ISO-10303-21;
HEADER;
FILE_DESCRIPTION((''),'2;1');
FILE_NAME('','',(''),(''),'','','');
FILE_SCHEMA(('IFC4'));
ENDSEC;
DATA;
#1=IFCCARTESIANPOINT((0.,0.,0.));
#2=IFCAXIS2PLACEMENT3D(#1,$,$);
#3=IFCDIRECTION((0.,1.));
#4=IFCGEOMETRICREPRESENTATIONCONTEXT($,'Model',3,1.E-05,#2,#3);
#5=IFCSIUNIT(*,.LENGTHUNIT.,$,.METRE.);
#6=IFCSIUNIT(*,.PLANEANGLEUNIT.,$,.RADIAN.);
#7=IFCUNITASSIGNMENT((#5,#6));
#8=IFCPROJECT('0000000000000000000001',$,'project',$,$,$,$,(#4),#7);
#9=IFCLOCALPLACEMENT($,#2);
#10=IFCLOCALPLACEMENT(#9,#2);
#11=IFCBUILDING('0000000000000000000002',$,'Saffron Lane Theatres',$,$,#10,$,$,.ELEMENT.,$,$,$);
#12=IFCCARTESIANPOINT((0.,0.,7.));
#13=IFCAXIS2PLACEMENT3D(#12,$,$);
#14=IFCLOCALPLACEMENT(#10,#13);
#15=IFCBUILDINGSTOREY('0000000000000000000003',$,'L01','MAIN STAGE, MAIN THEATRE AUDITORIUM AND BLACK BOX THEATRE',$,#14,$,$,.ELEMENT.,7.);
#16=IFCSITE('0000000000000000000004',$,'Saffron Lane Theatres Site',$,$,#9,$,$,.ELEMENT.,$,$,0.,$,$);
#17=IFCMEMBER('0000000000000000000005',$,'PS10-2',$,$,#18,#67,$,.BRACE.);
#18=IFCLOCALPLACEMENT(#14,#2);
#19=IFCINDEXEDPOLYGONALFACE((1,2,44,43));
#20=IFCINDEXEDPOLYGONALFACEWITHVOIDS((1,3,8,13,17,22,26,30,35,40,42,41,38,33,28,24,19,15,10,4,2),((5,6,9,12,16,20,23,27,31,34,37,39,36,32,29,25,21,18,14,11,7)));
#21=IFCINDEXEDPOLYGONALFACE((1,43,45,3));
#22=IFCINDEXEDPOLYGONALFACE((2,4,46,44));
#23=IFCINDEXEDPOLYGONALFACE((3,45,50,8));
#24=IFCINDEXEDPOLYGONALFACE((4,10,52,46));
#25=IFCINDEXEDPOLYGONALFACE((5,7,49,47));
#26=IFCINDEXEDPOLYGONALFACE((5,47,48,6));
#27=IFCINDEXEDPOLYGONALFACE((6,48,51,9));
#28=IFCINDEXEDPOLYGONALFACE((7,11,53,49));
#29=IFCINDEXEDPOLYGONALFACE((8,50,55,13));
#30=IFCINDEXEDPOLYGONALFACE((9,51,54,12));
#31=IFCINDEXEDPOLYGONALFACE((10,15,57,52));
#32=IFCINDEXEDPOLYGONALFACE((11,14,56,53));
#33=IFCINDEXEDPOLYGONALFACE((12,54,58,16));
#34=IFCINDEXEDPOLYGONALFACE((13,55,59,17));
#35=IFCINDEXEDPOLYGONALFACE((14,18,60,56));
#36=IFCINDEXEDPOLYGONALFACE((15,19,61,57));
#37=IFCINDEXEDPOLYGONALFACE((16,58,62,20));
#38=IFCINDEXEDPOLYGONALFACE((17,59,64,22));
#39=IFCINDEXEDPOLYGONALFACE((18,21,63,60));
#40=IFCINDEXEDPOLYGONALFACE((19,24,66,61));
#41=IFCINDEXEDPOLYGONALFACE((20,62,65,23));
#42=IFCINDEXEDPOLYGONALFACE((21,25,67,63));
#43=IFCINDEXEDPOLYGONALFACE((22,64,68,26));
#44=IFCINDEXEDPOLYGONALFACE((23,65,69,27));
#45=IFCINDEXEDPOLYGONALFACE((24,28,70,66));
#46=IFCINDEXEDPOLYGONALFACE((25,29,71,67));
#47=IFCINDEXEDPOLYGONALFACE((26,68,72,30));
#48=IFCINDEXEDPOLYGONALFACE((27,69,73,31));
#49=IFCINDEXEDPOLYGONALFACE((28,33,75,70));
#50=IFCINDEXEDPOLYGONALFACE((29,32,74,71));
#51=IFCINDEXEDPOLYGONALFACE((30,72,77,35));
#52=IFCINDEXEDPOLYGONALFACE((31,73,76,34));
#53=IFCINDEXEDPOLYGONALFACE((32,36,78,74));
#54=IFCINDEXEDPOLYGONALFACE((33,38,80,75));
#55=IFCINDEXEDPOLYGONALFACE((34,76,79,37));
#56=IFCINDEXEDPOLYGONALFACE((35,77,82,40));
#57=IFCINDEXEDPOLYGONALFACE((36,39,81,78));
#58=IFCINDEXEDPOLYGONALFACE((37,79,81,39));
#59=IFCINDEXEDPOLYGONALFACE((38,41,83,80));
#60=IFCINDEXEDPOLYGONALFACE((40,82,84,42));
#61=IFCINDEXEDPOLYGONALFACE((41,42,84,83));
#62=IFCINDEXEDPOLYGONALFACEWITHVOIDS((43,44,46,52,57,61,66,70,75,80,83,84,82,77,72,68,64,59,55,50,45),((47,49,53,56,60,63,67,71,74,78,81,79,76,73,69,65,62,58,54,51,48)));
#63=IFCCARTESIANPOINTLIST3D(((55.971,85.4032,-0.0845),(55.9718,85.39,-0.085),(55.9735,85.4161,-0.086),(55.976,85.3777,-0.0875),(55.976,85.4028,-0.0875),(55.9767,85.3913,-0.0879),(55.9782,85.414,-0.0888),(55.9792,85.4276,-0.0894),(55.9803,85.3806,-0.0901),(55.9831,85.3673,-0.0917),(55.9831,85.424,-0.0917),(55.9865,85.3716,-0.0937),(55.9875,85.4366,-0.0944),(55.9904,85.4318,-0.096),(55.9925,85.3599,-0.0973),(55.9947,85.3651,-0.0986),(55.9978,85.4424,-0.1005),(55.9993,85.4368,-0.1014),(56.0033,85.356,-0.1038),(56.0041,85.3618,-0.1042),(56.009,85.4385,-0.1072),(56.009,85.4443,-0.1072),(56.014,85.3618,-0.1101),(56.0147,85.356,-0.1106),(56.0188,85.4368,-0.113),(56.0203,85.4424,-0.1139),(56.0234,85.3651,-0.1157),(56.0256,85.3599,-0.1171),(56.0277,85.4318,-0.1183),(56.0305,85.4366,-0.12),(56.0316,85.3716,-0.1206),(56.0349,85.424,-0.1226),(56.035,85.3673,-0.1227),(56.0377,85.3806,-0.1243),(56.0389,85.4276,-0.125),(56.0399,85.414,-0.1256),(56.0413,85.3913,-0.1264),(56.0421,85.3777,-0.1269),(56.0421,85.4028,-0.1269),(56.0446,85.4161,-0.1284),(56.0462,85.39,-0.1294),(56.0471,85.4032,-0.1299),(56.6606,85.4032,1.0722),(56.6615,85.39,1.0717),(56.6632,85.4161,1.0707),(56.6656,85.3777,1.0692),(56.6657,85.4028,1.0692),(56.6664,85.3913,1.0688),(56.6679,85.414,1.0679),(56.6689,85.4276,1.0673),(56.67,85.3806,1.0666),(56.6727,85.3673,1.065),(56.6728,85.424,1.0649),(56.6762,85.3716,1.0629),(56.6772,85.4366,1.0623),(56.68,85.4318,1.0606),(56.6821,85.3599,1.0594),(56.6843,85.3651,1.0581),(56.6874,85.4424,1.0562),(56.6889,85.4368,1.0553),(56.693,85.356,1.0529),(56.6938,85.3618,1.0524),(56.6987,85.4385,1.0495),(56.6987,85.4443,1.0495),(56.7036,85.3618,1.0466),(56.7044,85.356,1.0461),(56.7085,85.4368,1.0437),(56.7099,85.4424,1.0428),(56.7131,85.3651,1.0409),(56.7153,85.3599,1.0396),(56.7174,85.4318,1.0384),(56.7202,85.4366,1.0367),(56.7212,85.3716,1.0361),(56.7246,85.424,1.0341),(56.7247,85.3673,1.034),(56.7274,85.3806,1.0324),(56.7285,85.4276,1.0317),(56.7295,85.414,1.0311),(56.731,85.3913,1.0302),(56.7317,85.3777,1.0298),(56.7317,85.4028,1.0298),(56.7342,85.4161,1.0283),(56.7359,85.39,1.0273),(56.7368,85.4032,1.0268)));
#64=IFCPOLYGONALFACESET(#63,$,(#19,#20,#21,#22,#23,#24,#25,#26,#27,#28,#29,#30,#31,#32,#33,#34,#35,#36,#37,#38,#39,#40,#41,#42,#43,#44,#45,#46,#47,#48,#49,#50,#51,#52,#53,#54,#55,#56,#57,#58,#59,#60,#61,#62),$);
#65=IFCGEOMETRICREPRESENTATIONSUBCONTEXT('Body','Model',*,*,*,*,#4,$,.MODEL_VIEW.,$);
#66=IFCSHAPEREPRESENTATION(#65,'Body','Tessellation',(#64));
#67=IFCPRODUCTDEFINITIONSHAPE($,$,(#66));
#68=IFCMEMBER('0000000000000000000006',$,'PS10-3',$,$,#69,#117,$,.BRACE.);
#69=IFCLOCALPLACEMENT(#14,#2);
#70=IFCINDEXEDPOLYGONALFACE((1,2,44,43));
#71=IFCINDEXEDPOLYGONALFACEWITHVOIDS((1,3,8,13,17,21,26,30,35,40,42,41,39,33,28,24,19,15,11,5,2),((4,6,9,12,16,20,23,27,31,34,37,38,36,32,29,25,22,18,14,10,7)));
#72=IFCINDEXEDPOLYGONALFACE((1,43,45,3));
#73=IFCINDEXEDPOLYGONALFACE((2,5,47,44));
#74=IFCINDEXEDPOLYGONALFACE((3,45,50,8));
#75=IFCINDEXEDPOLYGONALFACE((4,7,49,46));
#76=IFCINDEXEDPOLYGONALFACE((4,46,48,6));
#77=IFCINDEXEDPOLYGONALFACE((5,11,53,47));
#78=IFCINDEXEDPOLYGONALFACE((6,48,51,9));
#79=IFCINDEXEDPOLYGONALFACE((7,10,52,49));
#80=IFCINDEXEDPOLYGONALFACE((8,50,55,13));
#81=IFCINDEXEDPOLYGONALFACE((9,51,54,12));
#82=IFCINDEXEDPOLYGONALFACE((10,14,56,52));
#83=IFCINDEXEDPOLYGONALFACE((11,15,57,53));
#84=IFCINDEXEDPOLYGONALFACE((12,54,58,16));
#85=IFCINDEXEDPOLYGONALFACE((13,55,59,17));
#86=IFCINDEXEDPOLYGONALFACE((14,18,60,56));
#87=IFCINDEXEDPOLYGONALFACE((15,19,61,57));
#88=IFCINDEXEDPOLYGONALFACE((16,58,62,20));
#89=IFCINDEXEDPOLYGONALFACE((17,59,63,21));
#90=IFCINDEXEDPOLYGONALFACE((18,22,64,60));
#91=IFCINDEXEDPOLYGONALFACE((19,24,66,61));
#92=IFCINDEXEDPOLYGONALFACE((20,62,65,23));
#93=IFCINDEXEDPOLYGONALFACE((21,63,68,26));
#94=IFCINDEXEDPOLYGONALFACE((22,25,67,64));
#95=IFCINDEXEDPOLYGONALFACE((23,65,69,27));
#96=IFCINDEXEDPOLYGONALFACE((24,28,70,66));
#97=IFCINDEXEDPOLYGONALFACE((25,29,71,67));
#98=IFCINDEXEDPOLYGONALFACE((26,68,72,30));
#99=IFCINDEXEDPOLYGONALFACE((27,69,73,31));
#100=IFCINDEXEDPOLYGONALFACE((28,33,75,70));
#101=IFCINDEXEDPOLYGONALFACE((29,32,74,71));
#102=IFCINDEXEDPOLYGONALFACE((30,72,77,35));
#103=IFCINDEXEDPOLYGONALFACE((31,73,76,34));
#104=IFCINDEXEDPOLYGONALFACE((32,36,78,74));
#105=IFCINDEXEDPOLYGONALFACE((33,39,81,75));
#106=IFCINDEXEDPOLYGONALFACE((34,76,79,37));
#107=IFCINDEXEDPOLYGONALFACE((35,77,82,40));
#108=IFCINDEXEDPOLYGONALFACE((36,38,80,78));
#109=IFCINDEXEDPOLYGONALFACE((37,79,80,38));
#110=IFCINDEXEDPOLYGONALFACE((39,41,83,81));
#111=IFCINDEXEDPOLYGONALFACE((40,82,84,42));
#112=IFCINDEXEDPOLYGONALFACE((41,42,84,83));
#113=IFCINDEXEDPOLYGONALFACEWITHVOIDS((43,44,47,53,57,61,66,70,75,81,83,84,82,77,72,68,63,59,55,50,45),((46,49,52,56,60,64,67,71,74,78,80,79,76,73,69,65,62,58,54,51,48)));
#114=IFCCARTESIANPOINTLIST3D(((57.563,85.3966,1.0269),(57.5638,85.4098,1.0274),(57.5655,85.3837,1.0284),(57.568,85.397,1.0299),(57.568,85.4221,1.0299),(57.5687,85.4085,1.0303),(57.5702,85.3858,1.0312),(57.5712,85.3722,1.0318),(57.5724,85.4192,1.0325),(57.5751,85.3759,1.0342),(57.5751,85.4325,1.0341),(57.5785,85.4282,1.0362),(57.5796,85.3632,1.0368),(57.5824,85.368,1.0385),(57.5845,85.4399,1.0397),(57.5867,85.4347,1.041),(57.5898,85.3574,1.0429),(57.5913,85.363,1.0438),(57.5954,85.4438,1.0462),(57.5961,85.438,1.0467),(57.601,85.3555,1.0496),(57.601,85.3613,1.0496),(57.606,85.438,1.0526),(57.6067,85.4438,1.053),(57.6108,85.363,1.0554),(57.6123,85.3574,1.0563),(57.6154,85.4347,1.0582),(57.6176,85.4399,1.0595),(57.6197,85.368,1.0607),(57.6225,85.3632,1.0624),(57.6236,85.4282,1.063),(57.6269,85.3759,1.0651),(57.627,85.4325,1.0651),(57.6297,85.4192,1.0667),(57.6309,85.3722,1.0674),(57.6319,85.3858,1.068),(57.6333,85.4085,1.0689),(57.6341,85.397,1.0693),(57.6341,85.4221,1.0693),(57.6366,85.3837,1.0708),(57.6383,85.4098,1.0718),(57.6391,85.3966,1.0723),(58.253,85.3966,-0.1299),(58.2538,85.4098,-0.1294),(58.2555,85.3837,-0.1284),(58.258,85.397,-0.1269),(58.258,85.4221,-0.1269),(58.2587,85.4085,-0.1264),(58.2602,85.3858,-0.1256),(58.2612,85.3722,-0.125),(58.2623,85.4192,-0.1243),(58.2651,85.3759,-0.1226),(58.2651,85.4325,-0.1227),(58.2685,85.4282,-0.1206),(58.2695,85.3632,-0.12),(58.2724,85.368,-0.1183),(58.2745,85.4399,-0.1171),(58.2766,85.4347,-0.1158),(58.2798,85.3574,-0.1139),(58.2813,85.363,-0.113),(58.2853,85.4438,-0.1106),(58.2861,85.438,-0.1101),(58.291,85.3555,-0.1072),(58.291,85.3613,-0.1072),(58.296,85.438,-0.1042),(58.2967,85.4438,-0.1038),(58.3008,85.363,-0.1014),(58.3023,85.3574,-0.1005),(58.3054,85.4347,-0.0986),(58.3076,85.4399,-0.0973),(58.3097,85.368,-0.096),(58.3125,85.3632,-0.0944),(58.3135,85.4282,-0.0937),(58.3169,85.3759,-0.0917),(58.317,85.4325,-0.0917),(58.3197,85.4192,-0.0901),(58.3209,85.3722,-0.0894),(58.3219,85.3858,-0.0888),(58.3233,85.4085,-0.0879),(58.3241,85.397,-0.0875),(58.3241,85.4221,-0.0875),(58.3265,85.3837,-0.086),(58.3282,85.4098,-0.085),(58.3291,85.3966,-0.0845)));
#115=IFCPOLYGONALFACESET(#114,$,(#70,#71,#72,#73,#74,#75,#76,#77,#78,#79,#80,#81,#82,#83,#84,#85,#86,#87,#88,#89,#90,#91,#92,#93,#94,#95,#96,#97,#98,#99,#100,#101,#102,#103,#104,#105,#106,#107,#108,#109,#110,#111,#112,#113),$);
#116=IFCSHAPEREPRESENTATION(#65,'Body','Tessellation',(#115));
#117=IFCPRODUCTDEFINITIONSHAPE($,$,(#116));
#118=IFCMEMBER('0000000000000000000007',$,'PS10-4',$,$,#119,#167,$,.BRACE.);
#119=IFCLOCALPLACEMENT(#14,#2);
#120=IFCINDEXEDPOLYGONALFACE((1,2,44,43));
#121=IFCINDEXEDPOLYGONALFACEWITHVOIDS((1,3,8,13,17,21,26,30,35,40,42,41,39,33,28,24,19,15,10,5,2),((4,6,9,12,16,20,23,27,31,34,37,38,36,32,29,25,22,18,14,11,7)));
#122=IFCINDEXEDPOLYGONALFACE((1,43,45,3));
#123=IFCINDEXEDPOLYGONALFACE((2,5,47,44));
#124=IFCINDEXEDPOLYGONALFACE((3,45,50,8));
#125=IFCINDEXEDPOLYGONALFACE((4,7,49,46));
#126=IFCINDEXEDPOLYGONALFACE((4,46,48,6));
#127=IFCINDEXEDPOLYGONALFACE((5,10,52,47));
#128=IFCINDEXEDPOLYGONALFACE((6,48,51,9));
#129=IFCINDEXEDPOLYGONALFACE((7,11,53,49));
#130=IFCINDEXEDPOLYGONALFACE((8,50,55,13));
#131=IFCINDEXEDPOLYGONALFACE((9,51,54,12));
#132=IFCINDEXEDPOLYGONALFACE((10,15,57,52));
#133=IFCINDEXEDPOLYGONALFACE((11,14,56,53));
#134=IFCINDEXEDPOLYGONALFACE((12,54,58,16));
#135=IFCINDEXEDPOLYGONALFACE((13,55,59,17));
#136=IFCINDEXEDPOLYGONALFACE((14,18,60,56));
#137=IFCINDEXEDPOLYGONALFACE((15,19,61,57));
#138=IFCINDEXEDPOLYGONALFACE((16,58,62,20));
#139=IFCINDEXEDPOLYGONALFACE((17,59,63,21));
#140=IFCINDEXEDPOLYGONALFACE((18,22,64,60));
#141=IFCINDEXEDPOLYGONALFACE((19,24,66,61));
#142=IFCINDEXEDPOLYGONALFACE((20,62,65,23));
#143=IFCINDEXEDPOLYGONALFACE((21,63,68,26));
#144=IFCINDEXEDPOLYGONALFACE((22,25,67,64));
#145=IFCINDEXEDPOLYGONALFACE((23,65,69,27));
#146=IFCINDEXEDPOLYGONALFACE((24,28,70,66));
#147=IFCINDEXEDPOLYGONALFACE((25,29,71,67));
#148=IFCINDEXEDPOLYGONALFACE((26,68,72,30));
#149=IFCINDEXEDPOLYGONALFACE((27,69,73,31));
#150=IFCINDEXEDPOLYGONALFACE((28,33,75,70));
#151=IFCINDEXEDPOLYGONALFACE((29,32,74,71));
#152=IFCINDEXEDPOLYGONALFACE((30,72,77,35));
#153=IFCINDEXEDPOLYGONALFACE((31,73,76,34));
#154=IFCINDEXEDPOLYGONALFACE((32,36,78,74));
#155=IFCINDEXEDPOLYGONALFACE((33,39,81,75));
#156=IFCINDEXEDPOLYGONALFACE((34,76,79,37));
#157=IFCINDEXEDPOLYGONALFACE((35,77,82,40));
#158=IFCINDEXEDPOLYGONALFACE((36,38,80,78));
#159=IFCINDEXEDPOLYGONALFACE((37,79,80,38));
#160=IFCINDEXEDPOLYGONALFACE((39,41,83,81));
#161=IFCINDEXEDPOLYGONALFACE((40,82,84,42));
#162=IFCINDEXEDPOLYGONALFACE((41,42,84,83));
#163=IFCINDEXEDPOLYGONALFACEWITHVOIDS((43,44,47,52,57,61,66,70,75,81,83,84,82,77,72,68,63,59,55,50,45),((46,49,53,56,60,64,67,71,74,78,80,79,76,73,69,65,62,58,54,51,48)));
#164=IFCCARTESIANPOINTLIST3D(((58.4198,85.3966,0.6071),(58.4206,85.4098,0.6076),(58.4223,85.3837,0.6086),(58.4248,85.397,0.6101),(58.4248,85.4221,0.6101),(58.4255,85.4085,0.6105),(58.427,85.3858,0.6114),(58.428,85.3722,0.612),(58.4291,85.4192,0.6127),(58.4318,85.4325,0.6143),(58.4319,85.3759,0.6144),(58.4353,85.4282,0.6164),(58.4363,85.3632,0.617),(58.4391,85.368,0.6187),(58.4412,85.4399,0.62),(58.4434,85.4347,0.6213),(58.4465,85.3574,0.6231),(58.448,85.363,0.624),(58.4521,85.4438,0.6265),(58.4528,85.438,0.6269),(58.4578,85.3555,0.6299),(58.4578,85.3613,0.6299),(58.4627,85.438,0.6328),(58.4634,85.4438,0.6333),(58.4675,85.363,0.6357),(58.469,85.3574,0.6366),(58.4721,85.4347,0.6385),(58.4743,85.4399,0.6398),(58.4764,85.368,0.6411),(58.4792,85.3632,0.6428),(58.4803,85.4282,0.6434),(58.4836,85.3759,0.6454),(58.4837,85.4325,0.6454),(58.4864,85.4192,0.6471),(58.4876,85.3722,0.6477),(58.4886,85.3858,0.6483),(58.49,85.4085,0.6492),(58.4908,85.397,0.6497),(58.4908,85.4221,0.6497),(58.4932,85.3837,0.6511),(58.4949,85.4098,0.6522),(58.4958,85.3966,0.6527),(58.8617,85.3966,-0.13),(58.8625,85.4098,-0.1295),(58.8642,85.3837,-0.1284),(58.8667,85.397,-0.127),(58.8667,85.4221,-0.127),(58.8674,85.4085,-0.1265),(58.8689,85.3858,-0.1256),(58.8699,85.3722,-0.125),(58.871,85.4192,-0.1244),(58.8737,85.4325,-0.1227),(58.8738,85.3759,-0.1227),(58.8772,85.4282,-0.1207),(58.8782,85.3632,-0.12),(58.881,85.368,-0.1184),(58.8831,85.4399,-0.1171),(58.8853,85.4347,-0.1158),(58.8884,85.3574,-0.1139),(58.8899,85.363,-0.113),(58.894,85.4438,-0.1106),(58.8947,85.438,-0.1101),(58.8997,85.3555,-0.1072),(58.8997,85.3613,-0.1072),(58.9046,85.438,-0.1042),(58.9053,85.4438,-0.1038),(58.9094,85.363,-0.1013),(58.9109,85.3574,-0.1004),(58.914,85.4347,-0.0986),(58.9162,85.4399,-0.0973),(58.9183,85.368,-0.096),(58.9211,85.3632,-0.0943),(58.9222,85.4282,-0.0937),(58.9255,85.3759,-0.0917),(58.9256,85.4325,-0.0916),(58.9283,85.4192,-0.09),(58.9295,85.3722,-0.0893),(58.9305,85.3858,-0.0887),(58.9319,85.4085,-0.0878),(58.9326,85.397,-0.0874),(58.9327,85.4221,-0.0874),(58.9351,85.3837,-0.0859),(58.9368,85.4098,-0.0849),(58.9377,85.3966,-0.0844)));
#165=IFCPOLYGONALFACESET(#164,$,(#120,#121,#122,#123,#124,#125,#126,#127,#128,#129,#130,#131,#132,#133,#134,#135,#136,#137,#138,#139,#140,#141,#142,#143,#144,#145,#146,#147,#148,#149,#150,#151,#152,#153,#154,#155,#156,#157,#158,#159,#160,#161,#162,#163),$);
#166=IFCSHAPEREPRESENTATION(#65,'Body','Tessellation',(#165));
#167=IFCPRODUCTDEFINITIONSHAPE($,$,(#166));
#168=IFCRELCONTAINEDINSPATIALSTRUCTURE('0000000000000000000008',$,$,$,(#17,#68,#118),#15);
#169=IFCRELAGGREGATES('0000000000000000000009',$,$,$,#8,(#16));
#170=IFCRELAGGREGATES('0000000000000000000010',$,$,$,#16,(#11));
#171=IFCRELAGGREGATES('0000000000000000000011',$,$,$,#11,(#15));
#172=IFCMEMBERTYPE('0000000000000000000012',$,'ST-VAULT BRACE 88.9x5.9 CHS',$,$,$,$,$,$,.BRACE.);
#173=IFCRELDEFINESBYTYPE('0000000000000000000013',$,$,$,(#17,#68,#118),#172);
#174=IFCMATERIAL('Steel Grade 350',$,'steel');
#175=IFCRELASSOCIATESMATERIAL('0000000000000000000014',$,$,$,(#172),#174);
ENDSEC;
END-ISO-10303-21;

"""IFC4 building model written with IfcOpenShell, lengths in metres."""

from ifc_helpers import new_model, si_unit, direction, frame, origin, origin_2d, place, context, subcontext, project, spatial, hollow_circle, extrude, material, material_profile, profile_set, type_object, element, save


model = new_model("IFC4")

# Units and contexts
model_context = context("Model", 3, precision=1e-05, world=origin(), true_north=direction((0.0, 1.0)))
body_context = subcontext(model_context, "Body", "Model", "MODEL_VIEW")
ifc_project = project(units=[si_unit("LENGTHUNIT", "METRE"), si_unit("PLANEANGLEUNIT", "RADIAN")], contexts=[model_context])

# Site, building, storey
site_placement = place(None, origin())
site = spatial("IfcSite", under=ifc_project, at=site_placement, Name="Saffron Lane Theatres Site", CompositionType="ELEMENT", RefElevation=0.0)
building_placement = place(site_placement, origin())
building = spatial("IfcBuilding", under=site, at=building_placement, Name="Saffron Lane Theatres", CompositionType="ELEMENT")
storey_placement = place(building_placement, frame((0.0, 0.0, 7.0)))
storey = spatial("IfcBuildingStorey", under=building, at=storey_placement, Name="L01", Description="MAIN STAGE, MAIN THEATRE AUDITORIUM AND BLACK BOX THEATRE", CompositionType="ELEMENT", Elevation=7.0)

# Members
ifc_material_1 = material(Name="Steel Grade 350", Category="steel")
ifc_material_profile_1 = material_profile(ifc_material_1, hollow_circle(Radius=0.0444, WallThickness=0.0059, at=origin_2d()))
ifc_profile_set_1 = profile_set([ifc_material_profile_1], Name="Steel Grade 350")
member_type_1 = type_object("IfcMemberType", Name="ST-VAULT BRACE 88.9x5.9 CHS", PredefinedType="BRACE", material=ifc_profile_set_1)
member_1_placement = place(storey_placement, frame((56.009, 85.3999, -0.1072), z_axis=(0.512121, 0.0, 0.858913), x_axis=(0.0, 1.0, 0.0)))
element("IfcMember", 1, at=member_1_placement, inside=storey, type_object=member_type_1, Name="PS10-2", PredefinedType="BRACE", context=body_context, shape_type="SweptSolid", body=[
    extrude(hollow_circle(Radius=0.0444, WallThickness=0.0059, at=origin_2d()), origin(), (0.0, 0.0, 1.0), 1.3467),
])
member_2_placement = place(storey_placement, frame((58.291, 85.3999, -0.1072), z_axis=(-0.512255, 0.0, 0.858833), x_axis=(0.0, -1.0, 0.0)))
element("IfcMember", 2, at=member_2_placement, inside=storey, type_object=member_type_1, Name="PS10-3", PredefinedType="BRACE", context=body_context, shape_type="SweptSolid", body=[
    extrude(hollow_circle(Radius=0.0444, WallThickness=0.0059, at=origin_2d()), origin(), (0.0, 0.0, 1.0), 1.3469),
])
member_3_placement = place(storey_placement, frame((58.8997, 85.3999, -0.1072), z_axis=(-0.514203, 0.0, 0.857668), x_axis=(0.0, -1.0, 0.0)))
element("IfcMember", 3, at=member_3_placement, inside=storey, type_object=member_type_1, Name="PS10-4", PredefinedType="BRACE", context=body_context, shape_type="SweptSolid", body=[
    extrude(hollow_circle(Radius=0.0444, WallThickness=0.0059, at=origin_2d()), origin(), (0.0, 0.0, 1.0), 0.8594),
])

save(model, "model.ifc")
